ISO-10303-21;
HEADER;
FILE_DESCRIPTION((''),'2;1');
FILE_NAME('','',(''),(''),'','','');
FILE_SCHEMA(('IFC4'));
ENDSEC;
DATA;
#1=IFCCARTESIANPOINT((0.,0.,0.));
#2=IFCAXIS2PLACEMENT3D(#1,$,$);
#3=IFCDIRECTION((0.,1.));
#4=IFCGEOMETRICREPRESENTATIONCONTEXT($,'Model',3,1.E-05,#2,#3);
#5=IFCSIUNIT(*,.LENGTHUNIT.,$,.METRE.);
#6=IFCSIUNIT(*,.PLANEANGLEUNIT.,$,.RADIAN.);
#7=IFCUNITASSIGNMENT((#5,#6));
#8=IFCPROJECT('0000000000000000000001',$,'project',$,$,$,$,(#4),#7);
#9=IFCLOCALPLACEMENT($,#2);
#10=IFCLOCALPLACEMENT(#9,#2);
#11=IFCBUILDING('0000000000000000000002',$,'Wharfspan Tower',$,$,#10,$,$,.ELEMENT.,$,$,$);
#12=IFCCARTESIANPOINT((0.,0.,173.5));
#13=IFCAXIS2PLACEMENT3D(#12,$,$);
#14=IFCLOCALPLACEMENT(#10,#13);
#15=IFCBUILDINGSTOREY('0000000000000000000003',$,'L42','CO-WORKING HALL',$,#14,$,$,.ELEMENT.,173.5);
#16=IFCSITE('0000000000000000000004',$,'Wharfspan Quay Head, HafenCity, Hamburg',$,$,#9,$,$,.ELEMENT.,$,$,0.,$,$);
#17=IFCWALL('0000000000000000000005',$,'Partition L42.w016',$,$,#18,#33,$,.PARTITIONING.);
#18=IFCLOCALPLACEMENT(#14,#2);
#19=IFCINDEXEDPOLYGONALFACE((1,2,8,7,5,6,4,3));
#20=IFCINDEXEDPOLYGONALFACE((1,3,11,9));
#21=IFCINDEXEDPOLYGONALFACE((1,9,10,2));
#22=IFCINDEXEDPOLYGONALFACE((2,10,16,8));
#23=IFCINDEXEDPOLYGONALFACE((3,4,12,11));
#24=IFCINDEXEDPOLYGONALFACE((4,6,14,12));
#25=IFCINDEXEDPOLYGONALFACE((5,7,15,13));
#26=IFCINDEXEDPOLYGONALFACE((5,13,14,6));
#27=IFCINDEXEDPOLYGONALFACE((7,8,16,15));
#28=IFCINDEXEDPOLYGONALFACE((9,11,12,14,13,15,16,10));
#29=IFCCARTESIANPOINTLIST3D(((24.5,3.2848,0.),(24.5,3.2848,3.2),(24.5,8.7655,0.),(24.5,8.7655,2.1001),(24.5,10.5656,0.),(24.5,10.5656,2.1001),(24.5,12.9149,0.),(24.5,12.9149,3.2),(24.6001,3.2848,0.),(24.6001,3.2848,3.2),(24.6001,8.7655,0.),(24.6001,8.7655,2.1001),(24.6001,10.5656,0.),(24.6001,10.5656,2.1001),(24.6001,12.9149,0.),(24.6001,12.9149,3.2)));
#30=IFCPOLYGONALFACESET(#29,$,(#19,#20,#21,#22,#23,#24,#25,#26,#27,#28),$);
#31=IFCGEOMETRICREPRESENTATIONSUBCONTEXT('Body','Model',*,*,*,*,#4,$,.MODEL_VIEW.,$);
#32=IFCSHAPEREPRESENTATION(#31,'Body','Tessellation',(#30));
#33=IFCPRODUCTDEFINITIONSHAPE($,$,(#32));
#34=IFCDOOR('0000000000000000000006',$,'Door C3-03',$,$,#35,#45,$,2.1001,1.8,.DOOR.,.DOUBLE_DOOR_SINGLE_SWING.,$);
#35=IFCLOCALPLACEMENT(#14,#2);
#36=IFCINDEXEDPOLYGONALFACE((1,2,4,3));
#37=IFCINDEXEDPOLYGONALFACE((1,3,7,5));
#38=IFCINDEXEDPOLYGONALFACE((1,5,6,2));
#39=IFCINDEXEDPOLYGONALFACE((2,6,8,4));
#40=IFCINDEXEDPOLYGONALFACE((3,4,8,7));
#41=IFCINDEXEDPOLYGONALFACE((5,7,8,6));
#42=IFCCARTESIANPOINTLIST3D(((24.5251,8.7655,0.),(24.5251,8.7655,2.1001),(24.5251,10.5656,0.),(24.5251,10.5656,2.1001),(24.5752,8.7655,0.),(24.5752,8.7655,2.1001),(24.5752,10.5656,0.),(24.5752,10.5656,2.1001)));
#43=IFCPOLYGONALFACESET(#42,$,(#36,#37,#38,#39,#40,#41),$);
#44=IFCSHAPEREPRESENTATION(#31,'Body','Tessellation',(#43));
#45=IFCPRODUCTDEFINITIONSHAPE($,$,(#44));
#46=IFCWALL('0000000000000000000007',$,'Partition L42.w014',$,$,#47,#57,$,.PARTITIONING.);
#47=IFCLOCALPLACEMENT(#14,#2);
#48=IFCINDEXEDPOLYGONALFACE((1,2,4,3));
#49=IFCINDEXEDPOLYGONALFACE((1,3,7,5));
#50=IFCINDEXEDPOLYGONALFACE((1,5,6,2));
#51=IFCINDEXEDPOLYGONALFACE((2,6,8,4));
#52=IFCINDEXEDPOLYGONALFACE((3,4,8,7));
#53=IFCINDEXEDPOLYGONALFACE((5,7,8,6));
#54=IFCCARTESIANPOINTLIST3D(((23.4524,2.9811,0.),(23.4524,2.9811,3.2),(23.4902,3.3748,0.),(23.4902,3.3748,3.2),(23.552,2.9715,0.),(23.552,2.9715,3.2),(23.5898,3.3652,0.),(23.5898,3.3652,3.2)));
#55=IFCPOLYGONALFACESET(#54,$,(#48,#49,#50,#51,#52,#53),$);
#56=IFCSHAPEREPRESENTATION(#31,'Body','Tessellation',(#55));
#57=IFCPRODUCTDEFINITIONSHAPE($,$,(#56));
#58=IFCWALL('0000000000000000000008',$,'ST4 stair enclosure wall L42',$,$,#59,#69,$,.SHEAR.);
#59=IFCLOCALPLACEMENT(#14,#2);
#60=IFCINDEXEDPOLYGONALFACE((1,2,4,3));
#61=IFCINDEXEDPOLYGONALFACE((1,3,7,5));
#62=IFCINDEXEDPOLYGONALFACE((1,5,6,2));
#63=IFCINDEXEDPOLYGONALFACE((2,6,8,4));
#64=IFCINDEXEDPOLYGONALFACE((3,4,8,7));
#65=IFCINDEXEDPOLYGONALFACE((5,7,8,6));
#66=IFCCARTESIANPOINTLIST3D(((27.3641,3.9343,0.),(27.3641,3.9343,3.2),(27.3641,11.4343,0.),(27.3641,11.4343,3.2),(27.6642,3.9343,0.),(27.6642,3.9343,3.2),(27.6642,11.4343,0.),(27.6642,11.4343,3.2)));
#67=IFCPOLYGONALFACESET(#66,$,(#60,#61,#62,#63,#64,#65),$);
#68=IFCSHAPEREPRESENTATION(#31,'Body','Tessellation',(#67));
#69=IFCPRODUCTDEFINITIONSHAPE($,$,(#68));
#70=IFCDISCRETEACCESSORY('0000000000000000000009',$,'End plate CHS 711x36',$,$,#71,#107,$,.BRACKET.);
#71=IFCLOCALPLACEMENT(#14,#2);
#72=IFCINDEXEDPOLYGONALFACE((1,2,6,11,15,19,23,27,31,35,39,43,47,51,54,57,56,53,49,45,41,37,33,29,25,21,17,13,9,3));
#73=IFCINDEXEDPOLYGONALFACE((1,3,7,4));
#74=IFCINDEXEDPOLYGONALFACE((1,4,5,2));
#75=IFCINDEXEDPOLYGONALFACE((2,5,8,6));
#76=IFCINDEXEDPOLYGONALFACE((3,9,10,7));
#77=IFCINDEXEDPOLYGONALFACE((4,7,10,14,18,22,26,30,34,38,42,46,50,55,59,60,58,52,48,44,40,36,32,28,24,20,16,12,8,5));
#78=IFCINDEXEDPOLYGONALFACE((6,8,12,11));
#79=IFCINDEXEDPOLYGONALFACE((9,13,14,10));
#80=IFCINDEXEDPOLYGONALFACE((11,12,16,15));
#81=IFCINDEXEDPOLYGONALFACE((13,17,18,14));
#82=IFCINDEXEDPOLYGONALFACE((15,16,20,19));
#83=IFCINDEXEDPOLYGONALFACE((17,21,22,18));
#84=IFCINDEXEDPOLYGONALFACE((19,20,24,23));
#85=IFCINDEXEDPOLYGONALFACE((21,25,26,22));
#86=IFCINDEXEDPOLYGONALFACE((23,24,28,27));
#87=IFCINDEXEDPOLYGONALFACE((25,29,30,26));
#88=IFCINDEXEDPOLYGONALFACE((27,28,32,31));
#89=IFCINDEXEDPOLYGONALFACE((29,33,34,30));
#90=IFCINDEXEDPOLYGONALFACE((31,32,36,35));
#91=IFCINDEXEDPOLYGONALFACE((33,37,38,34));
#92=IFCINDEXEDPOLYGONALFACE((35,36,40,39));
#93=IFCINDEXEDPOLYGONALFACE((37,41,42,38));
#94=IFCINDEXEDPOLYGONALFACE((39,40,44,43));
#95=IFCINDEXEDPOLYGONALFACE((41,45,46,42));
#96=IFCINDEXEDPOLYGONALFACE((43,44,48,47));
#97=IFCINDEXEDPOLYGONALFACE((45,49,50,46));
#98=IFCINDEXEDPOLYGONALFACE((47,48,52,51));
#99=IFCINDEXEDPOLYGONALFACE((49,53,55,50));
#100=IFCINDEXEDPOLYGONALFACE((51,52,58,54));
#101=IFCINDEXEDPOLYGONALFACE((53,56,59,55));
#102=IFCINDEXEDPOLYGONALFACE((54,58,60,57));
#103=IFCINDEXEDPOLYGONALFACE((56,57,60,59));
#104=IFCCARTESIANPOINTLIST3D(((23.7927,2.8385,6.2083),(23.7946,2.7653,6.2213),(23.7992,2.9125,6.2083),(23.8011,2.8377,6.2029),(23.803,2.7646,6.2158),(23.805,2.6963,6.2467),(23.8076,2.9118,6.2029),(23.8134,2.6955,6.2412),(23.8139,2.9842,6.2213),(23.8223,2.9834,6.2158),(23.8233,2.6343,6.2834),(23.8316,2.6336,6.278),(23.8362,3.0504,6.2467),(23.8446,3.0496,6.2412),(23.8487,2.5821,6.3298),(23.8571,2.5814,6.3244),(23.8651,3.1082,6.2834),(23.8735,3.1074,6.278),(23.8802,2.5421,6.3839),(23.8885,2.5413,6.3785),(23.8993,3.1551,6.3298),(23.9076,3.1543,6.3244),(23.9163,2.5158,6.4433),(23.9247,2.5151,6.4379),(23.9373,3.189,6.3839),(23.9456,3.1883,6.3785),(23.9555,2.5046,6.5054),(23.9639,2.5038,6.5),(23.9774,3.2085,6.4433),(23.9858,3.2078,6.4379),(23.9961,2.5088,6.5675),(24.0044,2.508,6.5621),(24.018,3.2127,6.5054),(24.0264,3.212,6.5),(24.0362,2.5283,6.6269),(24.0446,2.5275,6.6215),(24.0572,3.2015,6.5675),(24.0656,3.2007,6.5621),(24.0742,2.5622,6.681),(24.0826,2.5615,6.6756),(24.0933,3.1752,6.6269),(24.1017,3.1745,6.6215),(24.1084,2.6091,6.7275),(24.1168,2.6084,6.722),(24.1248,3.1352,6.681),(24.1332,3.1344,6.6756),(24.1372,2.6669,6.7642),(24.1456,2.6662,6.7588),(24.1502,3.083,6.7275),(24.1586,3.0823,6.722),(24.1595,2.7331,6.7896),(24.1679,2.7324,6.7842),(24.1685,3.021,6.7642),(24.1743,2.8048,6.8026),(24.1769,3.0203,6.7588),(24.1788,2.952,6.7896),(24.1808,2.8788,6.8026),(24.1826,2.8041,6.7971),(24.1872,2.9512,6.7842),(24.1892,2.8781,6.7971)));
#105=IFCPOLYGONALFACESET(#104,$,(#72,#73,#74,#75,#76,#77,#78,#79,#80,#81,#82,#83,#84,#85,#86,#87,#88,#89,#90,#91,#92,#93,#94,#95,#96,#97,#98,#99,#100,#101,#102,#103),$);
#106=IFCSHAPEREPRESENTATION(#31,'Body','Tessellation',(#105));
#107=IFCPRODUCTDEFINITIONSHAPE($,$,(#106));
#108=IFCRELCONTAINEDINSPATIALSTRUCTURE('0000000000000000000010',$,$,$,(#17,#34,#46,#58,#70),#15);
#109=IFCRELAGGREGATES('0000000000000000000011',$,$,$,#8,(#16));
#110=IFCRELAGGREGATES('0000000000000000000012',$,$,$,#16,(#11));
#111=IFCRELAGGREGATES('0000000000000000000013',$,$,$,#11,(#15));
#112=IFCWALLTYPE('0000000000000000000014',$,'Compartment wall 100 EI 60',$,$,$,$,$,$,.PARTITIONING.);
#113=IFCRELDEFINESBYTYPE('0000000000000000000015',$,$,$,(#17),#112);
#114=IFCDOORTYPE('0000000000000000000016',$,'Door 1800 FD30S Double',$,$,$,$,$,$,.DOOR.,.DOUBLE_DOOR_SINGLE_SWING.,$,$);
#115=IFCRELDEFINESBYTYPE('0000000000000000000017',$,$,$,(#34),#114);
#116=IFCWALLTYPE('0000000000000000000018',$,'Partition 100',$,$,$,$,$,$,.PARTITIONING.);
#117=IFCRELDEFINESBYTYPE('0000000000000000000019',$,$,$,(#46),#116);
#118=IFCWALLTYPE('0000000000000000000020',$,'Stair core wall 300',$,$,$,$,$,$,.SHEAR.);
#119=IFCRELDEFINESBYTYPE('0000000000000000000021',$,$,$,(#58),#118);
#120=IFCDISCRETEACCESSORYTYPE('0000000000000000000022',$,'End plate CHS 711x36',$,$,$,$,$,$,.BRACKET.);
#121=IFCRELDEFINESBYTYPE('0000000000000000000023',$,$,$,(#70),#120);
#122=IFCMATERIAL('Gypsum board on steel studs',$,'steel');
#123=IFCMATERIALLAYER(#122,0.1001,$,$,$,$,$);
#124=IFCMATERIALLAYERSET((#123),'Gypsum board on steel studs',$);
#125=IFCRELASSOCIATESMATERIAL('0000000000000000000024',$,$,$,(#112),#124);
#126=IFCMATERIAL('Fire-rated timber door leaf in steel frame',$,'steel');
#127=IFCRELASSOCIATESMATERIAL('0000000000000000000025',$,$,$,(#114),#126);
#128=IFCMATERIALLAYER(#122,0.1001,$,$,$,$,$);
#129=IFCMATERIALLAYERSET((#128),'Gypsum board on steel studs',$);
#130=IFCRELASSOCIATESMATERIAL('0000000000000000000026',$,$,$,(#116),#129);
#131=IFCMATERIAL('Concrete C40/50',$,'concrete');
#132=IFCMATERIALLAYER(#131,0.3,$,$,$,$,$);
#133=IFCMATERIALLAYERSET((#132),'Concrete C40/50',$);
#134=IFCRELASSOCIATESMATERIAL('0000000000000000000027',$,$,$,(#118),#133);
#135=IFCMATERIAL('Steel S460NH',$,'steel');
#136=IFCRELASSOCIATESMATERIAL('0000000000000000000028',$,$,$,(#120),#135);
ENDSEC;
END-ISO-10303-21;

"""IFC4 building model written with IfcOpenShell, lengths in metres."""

from ifc_helpers import new_model, si_unit, direction, frame, frame_2d, origin, origin_2d, place, context, subcontext, project, spatial, rectangle, circle, extrude, material, layer, layer_set, material_profile, profile_set, type_object, element, fill, save


model = new_model("IFC4")

# Units and contexts
model_context = context("Model", 3, precision=1e-05, world=origin(), true_north=direction((0.0, 1.0)))
body_context = subcontext(model_context, "Body", "Model", "MODEL_VIEW")
ifc_project = project(units=[si_unit("LENGTHUNIT", "METRE"), si_unit("PLANEANGLEUNIT", "RADIAN")], contexts=[model_context])

# Site, building, storey
site_placement = place(None, origin())
site = spatial("IfcSite", under=ifc_project, at=site_placement, Name="Wharfspan Quay Head, HafenCity, Hamburg", CompositionType="ELEMENT", RefElevation=0.0)
building_placement = place(site_placement, origin())
building = spatial("IfcBuilding", under=site, at=building_placement, Name="Wharfspan Tower", CompositionType="ELEMENT")
storey_placement = place(building_placement, frame((0.0, 0.0, 173.5)))
storey = spatial("IfcBuildingStorey", under=building, at=storey_placement, Name="L42", Description="CO-WORKING HALL", CompositionType="ELEMENT", Elevation=173.5)

# Wall, opening, door
ifc_material_1 = material(Name="Gypsum board on steel studs", Category="steel")
ifc_layer_1 = layer(ifc_material_1, 0.1001)
ifc_layer_set_1 = layer_set([ifc_layer_1], Name="Gypsum board on steel studs")
wall_type_1 = type_object("IfcWallType", Name="Compartment wall 100 EI 60", PredefinedType="PARTITIONING", material=ifc_layer_set_1)
wall_1_placement = place(storey_placement, frame((24.55, 3.2849, 0.0), z_axis=(0.0, 0.0, 1.0), x_axis=(0.0, 1.0, 0.0)))
wall_1 = element("IfcWall", 1, at=wall_1_placement, inside=storey, type_object=wall_type_1, Name="Partition L42.w016", PredefinedType="PARTITIONING", context=body_context, shape_type="SweptSolid", body=[
    extrude(rectangle(XDim=9.6301, YDim=0.1001, at=frame_2d((4.8149, 0.0))), origin(), (0.0, 0.0, 1.0), 3.2),
])
opening_placement = place(wall_1_placement, frame((5.4807, 0.0, 0.0)))
opening = element("IfcOpeningElement", 2, at=opening_placement, cuts=wall_1, PredefinedType="OPENING", context=body_context, shape_type="SweptSolid", body=[
    extrude(rectangle(XDim=1.8, YDim=2.1001, at=frame_2d((0.8999, 1.05))), frame((0.0, 0.0601, 0.0), z_axis=(0.0, -1.0, 0.0), x_axis=(1.0, 0.0, 0.0)), (0.0, 0.0, 1.0), 0.1201),
])
ifc_material_2 = material(Name="Fire-rated timber door leaf in steel frame", Category="steel")
door_type = type_object("IfcDoorType", Name="Door 1800 FD30S Double", OperationType="DOUBLE_DOOR_SINGLE_SWING", PredefinedType="DOOR", material=ifc_material_2)
door_placement = place(opening_placement, origin())
door = element("IfcDoor", 3, at=door_placement, inside=storey, type_object=door_type, Name="Door C3-03", OperationType="DOUBLE_DOOR_SINGLE_SWING", OverallHeight=2.1001, OverallWidth=1.8, PredefinedType="DOOR", context=body_context, shape_type="SweptSolid", body=[
    extrude(rectangle(XDim=1.8, YDim=2.1001, at=frame_2d((0.8999, 1.05))), frame((0.0, 0.0249, 0.0), z_axis=(0.0, -1.0, 0.0), x_axis=(1.0, 0.0, 0.0)), (0.0, 0.0, 1.0), 0.05),
])
fill(opening, door)

# Walls
ifc_layer_2 = layer(ifc_material_1, 0.1001)
ifc_layer_set_2 = layer_set([ifc_layer_2], Name="Gypsum board on steel studs")
wall_type_2 = type_object("IfcWallType", Name="Partition 100", PredefinedType="PARTITIONING", material=ifc_layer_set_2)
wall_2_placement = place(storey_placement, frame((23.5022, 2.9763, 0.0), z_axis=(0.0, 0.0, 1.0), x_axis=(0.095654, 0.995419, 0.0)))
element("IfcWall", 4, at=wall_2_placement, inside=storey, type_object=wall_type_2, Name="Partition L42.w014", PredefinedType="PARTITIONING", context=body_context, shape_type="SweptSolid", body=[
    extrude(rectangle(XDim=0.3955, YDim=0.1001, at=frame_2d((0.1978, 0.0))), origin(), (0.0, 0.0, 1.0), 3.2),
])
ifc_material_3 = material(Name="Concrete C40/50", Category="concrete")
ifc_layer_3 = layer(ifc_material_3, 0.3)
ifc_layer_set_3 = layer_set([ifc_layer_3], Name="Concrete C40/50")
wall_type_3 = type_object("IfcWallType", Name="Stair core wall 300", PredefinedType="SHEAR", material=ifc_layer_set_3)
wall_3_placement = place(storey_placement, frame((27.5142, 3.9343, 0.0), z_axis=(0.0, 0.0, 1.0), x_axis=(0.0, 1.0, 0.0)))
element("IfcWall", 5, at=wall_3_placement, inside=storey, type_object=wall_type_3, Name="ST4 stair enclosure wall L42", PredefinedType="SHEAR", context=body_context, shape_type="SweptSolid", body=[
    extrude(rectangle(XDim=7.5, YDim=0.3, at=frame_2d((3.75, 0.0))), origin(), (0.0, 0.0, 1.0), 3.2),
])

# Discrete accessory
ifc_material_4 = material(Name="Steel S460NH", Category="steel")
ifc_material_profile_1 = material_profile(ifc_material_4, circle(Radius=0.3555, at=origin_2d()))
ifc_profile_set_1 = profile_set([ifc_material_profile_1], Name="Steel S460NH")
discrete_accessory_type = type_object("IfcDiscreteAccessoryType", Name="End plate CHS 711x36", PredefinedType="BRACKET", material=ifc_profile_set_1)
discrete_accessory_placement = place(storey_placement, frame((23.9951, 2.8579, 6.5), z_axis=(-0.837276, 0.073877, 0.541767), x_axis=(-0.087893, -0.996132, 0.000001)))
element("IfcDiscreteAccessory", 6, at=discrete_accessory_placement, inside=storey, type_object=discrete_accessory_type, Name="End plate CHS 711x36", PredefinedType="BRACKET", context=body_context, shape_type="SweptSolid", body=[
    extrude(circle(Radius=0.3555, at=origin_2d()), origin(), (0.0, 0.0, 1.0), 0.01),
])

save(model, "model.ifc")
